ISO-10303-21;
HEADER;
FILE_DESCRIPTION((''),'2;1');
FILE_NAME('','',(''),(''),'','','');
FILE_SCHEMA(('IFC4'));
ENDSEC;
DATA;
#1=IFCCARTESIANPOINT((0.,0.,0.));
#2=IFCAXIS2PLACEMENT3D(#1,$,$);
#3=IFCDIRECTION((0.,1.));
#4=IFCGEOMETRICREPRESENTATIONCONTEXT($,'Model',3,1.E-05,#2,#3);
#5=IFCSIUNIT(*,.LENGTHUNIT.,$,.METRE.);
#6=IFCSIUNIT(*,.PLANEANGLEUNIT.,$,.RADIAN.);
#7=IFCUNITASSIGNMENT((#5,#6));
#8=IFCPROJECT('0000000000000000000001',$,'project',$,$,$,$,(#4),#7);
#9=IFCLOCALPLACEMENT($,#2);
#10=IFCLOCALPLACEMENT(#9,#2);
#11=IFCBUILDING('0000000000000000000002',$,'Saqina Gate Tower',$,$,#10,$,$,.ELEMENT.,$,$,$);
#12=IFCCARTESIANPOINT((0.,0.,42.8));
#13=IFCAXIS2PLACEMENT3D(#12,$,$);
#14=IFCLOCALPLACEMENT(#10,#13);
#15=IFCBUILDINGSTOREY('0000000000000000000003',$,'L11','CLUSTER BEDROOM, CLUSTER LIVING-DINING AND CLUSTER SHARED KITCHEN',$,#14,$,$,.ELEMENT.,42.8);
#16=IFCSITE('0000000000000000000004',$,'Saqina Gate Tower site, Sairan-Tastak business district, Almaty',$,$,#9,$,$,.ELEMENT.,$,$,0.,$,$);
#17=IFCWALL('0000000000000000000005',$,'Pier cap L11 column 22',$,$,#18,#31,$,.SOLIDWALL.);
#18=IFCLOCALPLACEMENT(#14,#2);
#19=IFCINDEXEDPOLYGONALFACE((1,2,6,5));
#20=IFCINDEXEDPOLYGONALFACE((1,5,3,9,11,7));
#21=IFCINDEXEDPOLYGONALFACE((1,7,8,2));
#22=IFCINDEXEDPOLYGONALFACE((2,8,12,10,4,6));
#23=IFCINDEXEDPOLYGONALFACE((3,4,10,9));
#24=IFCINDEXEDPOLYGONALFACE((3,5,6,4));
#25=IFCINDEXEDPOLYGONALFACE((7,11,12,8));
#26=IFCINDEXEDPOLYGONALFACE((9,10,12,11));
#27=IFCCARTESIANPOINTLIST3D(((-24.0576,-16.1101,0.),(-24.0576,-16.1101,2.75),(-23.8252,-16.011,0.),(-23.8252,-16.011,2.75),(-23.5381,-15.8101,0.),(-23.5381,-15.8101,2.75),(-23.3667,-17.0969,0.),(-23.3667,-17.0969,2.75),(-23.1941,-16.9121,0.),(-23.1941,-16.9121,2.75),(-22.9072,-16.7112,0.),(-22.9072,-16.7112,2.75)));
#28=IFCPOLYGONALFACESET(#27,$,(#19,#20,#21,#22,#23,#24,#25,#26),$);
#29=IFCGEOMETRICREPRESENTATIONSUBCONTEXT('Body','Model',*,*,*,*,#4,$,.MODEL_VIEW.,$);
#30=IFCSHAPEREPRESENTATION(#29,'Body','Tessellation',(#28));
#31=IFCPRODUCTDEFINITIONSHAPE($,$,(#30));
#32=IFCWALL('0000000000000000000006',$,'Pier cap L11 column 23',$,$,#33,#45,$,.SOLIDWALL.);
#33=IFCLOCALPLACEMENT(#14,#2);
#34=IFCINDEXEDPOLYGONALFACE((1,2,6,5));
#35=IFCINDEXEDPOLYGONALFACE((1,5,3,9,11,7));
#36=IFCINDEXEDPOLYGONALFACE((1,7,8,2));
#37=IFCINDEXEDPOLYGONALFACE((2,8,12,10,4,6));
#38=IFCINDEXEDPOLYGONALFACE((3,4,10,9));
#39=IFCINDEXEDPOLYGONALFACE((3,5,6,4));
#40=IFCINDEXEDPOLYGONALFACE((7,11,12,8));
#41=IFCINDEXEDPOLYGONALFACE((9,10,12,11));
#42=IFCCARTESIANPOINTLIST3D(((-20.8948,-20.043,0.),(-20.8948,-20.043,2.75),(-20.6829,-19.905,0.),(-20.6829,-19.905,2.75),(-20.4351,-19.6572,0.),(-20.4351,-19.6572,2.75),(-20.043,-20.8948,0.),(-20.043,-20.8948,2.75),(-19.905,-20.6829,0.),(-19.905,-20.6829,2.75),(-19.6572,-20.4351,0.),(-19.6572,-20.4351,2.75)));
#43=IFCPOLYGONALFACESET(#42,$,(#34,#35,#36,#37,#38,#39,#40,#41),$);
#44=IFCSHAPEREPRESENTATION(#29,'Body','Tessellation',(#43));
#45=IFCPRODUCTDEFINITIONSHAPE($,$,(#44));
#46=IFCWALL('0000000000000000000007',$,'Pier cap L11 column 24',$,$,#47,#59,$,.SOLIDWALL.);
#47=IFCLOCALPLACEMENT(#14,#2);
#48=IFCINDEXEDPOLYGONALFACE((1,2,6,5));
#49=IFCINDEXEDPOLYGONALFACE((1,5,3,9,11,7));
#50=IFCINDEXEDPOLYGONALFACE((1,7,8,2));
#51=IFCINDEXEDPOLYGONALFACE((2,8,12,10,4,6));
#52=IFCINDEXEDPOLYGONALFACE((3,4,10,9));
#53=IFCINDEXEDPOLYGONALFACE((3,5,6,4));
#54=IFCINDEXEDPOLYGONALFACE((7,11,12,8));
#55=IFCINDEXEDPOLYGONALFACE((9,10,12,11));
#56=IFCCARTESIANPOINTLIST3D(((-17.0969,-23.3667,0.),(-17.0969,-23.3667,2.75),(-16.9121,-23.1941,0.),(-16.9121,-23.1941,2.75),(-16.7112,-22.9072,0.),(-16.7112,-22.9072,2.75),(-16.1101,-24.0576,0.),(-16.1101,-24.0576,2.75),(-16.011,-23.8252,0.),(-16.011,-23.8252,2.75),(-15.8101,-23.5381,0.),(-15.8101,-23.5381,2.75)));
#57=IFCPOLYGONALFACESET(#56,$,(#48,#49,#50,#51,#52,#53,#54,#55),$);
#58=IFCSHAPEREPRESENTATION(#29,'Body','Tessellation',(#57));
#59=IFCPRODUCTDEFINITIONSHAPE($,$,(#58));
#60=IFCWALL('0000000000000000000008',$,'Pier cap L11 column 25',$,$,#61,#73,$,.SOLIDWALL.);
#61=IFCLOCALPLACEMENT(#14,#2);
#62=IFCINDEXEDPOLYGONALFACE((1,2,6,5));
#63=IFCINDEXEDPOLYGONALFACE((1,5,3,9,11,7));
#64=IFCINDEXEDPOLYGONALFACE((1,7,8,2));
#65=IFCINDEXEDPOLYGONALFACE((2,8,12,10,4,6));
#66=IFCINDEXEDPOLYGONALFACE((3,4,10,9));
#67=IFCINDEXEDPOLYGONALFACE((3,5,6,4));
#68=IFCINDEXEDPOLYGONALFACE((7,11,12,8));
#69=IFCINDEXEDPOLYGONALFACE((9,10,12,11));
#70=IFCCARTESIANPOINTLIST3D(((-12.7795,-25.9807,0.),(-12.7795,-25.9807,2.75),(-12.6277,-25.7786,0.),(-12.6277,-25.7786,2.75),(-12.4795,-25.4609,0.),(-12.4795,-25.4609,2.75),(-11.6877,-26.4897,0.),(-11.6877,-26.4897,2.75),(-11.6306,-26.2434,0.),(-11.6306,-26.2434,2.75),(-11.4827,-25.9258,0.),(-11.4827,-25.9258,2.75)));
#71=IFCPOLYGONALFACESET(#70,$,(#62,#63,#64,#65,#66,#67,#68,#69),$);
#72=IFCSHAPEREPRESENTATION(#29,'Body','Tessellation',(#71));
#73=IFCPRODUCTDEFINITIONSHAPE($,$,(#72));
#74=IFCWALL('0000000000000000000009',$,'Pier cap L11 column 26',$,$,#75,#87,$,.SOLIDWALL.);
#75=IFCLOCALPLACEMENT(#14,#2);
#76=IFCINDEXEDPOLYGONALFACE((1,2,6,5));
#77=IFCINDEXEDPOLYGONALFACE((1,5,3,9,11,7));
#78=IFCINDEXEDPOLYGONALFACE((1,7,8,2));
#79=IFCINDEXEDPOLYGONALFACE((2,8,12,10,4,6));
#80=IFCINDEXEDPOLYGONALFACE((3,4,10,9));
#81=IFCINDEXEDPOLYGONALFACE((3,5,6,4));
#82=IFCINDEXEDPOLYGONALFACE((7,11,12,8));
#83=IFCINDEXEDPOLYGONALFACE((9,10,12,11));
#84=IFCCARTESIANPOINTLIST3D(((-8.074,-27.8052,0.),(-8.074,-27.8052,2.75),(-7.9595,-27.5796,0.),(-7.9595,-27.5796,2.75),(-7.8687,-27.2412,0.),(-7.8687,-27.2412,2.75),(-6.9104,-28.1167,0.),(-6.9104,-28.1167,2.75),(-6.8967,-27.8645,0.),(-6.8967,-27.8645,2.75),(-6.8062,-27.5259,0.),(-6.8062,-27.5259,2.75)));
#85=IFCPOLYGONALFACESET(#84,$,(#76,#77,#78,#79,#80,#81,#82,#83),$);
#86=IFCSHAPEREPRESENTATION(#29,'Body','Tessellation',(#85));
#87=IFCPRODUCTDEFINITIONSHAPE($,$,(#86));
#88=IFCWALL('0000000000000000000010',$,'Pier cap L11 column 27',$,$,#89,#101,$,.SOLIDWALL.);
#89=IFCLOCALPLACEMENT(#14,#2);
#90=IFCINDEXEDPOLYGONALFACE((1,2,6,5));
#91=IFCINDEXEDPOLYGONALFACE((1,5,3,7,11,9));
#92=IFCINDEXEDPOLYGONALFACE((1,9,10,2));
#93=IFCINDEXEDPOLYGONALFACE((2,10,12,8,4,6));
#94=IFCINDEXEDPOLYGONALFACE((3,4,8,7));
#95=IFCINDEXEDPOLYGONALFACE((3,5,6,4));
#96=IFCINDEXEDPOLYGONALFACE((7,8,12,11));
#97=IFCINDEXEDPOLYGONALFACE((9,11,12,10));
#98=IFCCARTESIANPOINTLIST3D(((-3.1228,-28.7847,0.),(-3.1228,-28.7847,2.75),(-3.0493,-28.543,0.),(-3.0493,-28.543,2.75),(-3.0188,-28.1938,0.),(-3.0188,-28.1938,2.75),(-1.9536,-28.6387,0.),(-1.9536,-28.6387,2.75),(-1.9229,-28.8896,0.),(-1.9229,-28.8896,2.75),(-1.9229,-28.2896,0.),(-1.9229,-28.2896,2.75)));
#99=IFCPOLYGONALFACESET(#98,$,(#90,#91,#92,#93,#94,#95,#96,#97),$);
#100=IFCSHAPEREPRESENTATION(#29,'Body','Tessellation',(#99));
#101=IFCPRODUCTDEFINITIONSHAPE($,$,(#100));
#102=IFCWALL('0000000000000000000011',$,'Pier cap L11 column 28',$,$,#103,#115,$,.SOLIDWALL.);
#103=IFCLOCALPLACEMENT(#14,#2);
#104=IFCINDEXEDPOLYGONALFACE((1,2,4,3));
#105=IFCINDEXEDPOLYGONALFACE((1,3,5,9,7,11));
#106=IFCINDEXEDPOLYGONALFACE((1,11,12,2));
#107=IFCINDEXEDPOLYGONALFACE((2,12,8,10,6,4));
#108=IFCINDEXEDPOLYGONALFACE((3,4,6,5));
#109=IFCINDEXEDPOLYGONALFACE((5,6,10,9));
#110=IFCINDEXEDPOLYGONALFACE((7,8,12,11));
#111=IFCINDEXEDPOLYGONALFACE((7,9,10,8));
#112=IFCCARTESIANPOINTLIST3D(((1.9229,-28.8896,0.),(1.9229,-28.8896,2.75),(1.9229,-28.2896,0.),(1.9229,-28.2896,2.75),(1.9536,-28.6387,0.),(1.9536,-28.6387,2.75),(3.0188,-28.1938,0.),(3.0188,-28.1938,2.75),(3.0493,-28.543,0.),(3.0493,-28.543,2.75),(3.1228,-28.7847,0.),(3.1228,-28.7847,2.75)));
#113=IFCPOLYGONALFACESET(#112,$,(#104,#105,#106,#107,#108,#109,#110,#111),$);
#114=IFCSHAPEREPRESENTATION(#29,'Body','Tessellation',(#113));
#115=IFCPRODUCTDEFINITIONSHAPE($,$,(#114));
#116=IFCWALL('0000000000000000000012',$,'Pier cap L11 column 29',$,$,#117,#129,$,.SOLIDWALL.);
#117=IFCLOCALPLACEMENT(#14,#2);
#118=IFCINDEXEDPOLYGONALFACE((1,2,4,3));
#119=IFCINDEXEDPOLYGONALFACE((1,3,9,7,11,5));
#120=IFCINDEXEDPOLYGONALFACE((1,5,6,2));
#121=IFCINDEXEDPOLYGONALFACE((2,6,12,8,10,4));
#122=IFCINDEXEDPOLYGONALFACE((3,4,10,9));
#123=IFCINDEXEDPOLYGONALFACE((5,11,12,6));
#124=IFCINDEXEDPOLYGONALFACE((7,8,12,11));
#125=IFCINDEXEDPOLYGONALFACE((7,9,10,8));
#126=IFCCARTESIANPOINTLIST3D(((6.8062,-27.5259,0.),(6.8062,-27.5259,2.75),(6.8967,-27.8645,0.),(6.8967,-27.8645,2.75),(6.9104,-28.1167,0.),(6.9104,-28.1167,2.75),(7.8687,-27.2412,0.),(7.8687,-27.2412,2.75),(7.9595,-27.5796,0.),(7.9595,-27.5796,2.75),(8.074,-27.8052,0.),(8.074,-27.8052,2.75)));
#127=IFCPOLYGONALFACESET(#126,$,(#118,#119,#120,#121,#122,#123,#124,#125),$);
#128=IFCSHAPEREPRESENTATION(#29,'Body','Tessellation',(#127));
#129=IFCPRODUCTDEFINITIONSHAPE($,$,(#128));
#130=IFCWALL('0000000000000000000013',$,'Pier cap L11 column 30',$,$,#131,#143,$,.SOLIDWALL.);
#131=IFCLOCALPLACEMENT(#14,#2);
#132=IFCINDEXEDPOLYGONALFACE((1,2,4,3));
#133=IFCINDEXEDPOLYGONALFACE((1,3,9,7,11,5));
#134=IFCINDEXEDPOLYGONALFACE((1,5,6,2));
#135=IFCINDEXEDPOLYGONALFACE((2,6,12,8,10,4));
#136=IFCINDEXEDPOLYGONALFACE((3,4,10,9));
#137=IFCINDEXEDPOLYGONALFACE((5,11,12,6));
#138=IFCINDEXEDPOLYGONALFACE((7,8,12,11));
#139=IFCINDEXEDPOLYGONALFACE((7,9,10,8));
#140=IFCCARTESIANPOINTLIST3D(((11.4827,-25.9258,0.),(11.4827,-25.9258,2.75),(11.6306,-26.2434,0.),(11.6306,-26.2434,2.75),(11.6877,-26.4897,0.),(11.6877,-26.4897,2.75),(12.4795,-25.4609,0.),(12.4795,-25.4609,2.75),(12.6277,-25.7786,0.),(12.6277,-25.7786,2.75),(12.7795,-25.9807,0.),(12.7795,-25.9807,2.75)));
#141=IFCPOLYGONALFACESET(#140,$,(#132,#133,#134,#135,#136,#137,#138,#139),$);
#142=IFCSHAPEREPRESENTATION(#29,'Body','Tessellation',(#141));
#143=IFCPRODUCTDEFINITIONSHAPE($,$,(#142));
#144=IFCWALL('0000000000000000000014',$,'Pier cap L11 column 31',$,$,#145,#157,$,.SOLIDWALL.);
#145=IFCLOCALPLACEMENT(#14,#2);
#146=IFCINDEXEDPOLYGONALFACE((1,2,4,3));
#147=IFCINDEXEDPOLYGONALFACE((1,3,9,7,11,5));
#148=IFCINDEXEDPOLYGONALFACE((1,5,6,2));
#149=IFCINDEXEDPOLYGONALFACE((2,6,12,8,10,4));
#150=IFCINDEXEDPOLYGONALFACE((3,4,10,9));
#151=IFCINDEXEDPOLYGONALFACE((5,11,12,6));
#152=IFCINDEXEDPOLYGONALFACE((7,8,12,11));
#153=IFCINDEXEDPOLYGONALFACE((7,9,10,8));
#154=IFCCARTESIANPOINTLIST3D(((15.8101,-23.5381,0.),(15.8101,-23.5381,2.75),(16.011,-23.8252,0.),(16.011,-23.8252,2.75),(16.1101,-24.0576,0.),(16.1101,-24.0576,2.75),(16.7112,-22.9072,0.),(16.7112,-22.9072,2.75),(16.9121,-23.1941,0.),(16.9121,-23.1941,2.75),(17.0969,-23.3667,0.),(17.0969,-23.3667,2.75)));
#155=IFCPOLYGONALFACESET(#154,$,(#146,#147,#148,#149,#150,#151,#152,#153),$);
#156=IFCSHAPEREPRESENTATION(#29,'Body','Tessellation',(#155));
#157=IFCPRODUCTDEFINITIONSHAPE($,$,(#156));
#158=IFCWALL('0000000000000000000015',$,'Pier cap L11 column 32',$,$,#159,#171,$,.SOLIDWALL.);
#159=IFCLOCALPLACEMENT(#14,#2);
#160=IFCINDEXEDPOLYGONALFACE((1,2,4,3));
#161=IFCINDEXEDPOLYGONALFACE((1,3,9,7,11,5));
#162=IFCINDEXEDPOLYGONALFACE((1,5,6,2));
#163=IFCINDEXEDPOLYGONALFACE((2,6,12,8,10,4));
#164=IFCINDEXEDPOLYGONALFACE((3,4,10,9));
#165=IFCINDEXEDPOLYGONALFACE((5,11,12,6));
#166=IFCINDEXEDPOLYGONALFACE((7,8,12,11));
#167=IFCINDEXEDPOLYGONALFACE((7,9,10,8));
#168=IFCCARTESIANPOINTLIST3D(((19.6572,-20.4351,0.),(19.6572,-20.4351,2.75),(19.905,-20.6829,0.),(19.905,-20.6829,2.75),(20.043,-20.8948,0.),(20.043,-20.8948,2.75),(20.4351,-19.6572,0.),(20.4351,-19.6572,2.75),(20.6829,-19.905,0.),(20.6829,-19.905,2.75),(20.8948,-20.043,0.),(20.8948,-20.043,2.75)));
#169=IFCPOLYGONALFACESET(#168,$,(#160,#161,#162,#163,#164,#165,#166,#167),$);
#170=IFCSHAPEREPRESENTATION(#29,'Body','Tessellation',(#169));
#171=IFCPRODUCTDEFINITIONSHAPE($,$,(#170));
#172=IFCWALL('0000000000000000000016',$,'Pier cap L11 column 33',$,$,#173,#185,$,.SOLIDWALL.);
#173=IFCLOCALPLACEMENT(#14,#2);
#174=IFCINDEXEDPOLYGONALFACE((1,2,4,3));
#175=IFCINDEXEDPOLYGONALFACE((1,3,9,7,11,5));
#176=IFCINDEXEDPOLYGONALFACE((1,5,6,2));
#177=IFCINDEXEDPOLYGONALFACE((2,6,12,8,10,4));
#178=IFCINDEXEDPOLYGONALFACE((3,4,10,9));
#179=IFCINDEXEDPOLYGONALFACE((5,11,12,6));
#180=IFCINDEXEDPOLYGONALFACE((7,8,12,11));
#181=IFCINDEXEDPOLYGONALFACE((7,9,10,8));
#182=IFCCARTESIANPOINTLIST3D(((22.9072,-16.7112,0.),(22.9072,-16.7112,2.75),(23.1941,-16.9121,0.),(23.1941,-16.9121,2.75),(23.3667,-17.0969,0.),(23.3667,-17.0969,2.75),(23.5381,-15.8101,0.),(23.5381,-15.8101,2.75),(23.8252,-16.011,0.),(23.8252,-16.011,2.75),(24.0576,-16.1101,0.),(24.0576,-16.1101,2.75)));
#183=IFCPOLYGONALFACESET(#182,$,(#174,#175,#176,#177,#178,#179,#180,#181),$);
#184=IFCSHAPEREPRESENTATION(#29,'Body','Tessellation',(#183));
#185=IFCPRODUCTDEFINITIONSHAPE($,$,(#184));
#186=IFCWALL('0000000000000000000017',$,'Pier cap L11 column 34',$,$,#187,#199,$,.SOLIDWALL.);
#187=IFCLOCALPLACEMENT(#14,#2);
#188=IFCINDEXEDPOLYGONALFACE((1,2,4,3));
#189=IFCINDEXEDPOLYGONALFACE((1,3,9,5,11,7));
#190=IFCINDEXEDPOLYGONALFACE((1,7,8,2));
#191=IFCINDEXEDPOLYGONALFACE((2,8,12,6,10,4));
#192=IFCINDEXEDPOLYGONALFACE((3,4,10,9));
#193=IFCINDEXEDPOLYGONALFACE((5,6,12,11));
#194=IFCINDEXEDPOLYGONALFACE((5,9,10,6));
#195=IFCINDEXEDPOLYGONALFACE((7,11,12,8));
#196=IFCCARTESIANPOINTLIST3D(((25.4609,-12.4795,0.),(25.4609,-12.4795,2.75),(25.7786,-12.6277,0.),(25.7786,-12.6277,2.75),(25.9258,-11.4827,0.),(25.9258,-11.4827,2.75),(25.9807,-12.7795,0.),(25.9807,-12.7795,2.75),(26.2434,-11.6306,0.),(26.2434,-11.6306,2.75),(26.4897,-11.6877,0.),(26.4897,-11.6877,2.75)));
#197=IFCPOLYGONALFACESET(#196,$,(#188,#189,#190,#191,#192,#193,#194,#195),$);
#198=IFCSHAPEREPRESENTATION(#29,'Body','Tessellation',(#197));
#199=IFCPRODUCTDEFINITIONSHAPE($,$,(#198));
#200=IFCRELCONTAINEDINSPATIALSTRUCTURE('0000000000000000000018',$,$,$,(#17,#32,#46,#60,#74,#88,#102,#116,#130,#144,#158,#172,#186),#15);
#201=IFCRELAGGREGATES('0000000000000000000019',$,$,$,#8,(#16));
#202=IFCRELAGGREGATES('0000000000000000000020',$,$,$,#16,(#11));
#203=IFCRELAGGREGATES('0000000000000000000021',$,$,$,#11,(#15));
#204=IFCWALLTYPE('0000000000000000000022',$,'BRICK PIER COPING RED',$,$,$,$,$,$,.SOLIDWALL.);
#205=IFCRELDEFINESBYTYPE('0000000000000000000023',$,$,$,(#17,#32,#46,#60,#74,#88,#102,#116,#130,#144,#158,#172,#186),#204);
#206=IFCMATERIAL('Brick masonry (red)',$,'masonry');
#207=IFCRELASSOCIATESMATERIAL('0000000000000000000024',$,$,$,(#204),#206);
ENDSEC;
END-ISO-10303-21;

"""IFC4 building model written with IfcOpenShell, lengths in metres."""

from ifc_helpers import new_model, si_unit, direction, frame, origin, place, context, subcontext, project, spatial, polyline, outline, extrude, material, type_object, element, save


model = new_model("IFC4")

# Units and contexts
model_context = context("Model", 3, precision=1e-05, world=origin(), true_north=direction((0.0, 1.0)))
body_context = subcontext(model_context, "Body", "Model", "MODEL_VIEW")
ifc_project = project(units=[si_unit("LENGTHUNIT", "METRE"), si_unit("PLANEANGLEUNIT", "RADIAN")], contexts=[model_context])

# Site, building, storey
site_placement = place(None, origin())
site = spatial("IfcSite", under=ifc_project, at=site_placement, Name="Saqina Gate Tower site, Sairan-Tastak business district, Almaty", CompositionType="ELEMENT", RefElevation=0.0)
building_placement = place(site_placement, origin())
building = spatial("IfcBuilding", under=site, at=building_placement, Name="Saqina Gate Tower", CompositionType="ELEMENT")
storey_placement = place(building_placement, frame((0.0, 0.0, 42.8)))
storey = spatial("IfcBuildingStorey", under=building, at=storey_placement, Name="L11", Description="CLUSTER BEDROOM, CLUSTER LIVING-DINING AND CLUSTER SHARED KITCHEN", CompositionType="ELEMENT", Elevation=42.8)

# Walls
ifc_material = material(Name="Brick masonry (red)", Category="masonry")
wall_type = type_object("IfcWallType", Name="BRICK PIER COPING RED", PredefinedType="SOLIDWALL", material=ifc_material)
wall_1_placement = place(storey_placement, origin())
element("IfcWall", 1, at=wall_1_placement, inside=storey, type_object=wall_type, Name="Pier cap L11 column 22", PredefinedType="SOLIDWALL", context=body_context, shape_type="SweptSolid", body=[
    extrude(outline(polyline([(-24.0576, -16.1101), (-23.3667, -17.0969), (-22.9072, -16.7112), (-23.1941, -16.9121), (-23.8252, -16.011), (-23.5381, -15.8101), (-24.0576, -16.1101)])), origin(), (0.0, 0.0, 1.0), 2.75),
])
wall_2_placement = place(storey_placement, origin())
element("IfcWall", 2, at=wall_2_placement, inside=storey, type_object=wall_type, Name="Pier cap L11 column 23", PredefinedType="SOLIDWALL", context=body_context, shape_type="SweptSolid", body=[
    extrude(outline(polyline([(-20.043, -20.8948), (-19.6572, -20.4351), (-19.905, -20.6829), (-20.6829, -19.905), (-20.4351, -19.6572), (-20.8948, -20.043), (-20.043, -20.8948)])), origin(), (0.0, 0.0, 1.0), 2.75),
])
wall_3_placement = place(storey_placement, origin())
element("IfcWall", 3, at=wall_3_placement, inside=storey, type_object=wall_type, Name="Pier cap L11 column 24", PredefinedType="SOLIDWALL", context=body_context, shape_type="SweptSolid", body=[
    extrude(outline(polyline([(-17.0969, -23.3667), (-16.1101, -24.0576), (-15.8101, -23.5381), (-16.011, -23.8252), (-16.9121, -23.1941), (-16.7112, -22.9072), (-17.0969, -23.3667)])), origin(), (0.0, 0.0, 1.0), 2.75),
])
wall_4_placement = place(storey_placement, origin())
element("IfcWall", 4, at=wall_4_placement, inside=storey, type_object=wall_type, Name="Pier cap L11 column 25", PredefinedType="SOLIDWALL", context=body_context, shape_type="SweptSolid", body=[
    extrude(outline(polyline([(-11.6877, -26.4897), (-11.4827, -25.9258), (-11.6306, -26.2434), (-12.6277, -25.7786), (-12.4795, -25.4609), (-12.7795, -25.9807), (-11.6877, -26.4897)])), origin(), (0.0, 0.0, 1.0), 2.75),
])
wall_5_placement = place(storey_placement, origin())
element("IfcWall", 5, at=wall_5_placement, inside=storey, type_object=wall_type, Name="Pier cap L11 column 26", PredefinedType="SOLIDWALL", context=body_context, shape_type="SweptSolid", body=[
    extrude(outline(polyline([(-6.9104, -28.1167), (-6.8062, -27.5259), (-6.8967, -27.8645), (-7.9595, -27.5796), (-7.8687, -27.2412), (-8.074, -27.8052), (-6.9104, -28.1167)])), origin(), (0.0, 0.0, 1.0), 2.75),
])
wall_6_placement = place(storey_placement, origin())
element("IfcWall", 6, at=wall_6_placement, inside=storey, type_object=wall_type, Name="Pier cap L11 column 27", PredefinedType="SOLIDWALL", context=body_context, shape_type="SweptSolid", body=[
    extrude(outline(polyline([(-3.1228, -28.7847), (-1.9229, -28.8896), (-1.9229, -28.2896), (-1.9536, -28.6387), (-3.0493, -28.543), (-3.0188, -28.1938), (-3.1228, -28.7847)])), origin(), (0.0, 0.0, 1.0), 2.75),
])
wall_7_placement = place(storey_placement, origin())
element("IfcWall", 7, at=wall_7_placement, inside=storey, type_object=wall_type, Name="Pier cap L11 column 28", PredefinedType="SOLIDWALL", context=body_context, shape_type="SweptSolid", body=[
    extrude(outline(polyline([(1.9229, -28.8896), (3.1228, -28.7847), (3.0188, -28.1938), (3.0493, -28.543), (1.9536, -28.6387), (1.9229, -28.2896), (1.9229, -28.8896)])), origin(), (0.0, 0.0, 1.0), 2.75),
])
wall_8_placement = place(storey_placement, origin())
element("IfcWall", 8, at=wall_8_placement, inside=storey, type_object=wall_type, Name="Pier cap L11 column 29", PredefinedType="SOLIDWALL", context=body_context, shape_type="SweptSolid", body=[
    extrude(outline(polyline([(6.9104, -28.1167), (8.074, -27.8052), (7.8687, -27.2412), (7.9595, -27.5796), (6.8967, -27.8645), (6.8062, -27.5259), (6.9104, -28.1167)])), origin(), (0.0, 0.0, 1.0), 2.75),
])
wall_9_placement = place(storey_placement, origin())
element("IfcWall", 9, at=wall_9_placement, inside=storey, type_object=wall_type, Name="Pier cap L11 column 30", PredefinedType="SOLIDWALL", context=body_context, shape_type="SweptSolid", body=[
    extrude(outline(polyline([(12.7795, -25.9807), (12.4795, -25.4609), (12.6277, -25.7786), (11.6306, -26.2434), (11.4827, -25.9258), (11.6877, -26.4897), (12.7795, -25.9807)])), origin(), (0.0, 0.0, 1.0), 2.75),
])
wall_10_placement = place(storey_placement, origin())
element("IfcWall", 10, at=wall_10_placement, inside=storey, type_object=wall_type, Name="Pier cap L11 column 31", PredefinedType="SOLIDWALL", context=body_context, shape_type="SweptSolid", body=[
    extrude(outline(polyline([(16.1101, -24.0576), (17.0969, -23.3667), (16.7112, -22.9072), (16.9121, -23.1941), (16.011, -23.8252), (15.8101, -23.5381), (16.1101, -24.0576)])), origin(), (0.0, 0.0, 1.0), 2.75),
])
wall_11_placement = place(storey_placement, origin())
element("IfcWall", 11, at=wall_11_placement, inside=storey, type_object=wall_type, Name="Pier cap L11 column 32", PredefinedType="SOLIDWALL", context=body_context, shape_type="SweptSolid", body=[
    extrude(outline(polyline([(20.8948, -20.043), (20.4351, -19.6572), (20.6829, -19.905), (19.905, -20.6829), (19.6572, -20.4351), (20.043, -20.8948), (20.8948, -20.043)])), origin(), (0.0, 0.0, 1.0), 2.75),
])
wall_12_placement = place(storey_placement, origin())
element("IfcWall", 12, at=wall_12_placement, inside=storey, type_object=wall_type, Name="Pier cap L11 column 33", PredefinedType="SOLIDWALL", context=body_context, shape_type="SweptSolid", body=[
    extrude(outline(polyline([(23.3667, -17.0969), (24.0576, -16.1101), (23.5381, -15.8101), (23.8252, -16.011), (23.1941, -16.9121), (22.9072, -16.7112), (23.3667, -17.0969)])), origin(), (0.0, 0.0, 1.0), 2.75),
])
wall_13_placement = place(storey_placement, origin())
element("IfcWall", 13, at=wall_13_placement, inside=storey, type_object=wall_type, Name="Pier cap L11 column 34", PredefinedType="SOLIDWALL", context=body_context, shape_type="SweptSolid", body=[
    extrude(outline(polyline([(26.4897, -11.6877), (25.9258, -11.4827), (26.2434, -11.6306), (25.7786, -12.6277), (25.4609, -12.4795), (25.9807, -12.7795), (26.4897, -11.6877)])), origin(), (0.0, 0.0, 1.0), 2.75),
])

save(model, "model.ifc")
